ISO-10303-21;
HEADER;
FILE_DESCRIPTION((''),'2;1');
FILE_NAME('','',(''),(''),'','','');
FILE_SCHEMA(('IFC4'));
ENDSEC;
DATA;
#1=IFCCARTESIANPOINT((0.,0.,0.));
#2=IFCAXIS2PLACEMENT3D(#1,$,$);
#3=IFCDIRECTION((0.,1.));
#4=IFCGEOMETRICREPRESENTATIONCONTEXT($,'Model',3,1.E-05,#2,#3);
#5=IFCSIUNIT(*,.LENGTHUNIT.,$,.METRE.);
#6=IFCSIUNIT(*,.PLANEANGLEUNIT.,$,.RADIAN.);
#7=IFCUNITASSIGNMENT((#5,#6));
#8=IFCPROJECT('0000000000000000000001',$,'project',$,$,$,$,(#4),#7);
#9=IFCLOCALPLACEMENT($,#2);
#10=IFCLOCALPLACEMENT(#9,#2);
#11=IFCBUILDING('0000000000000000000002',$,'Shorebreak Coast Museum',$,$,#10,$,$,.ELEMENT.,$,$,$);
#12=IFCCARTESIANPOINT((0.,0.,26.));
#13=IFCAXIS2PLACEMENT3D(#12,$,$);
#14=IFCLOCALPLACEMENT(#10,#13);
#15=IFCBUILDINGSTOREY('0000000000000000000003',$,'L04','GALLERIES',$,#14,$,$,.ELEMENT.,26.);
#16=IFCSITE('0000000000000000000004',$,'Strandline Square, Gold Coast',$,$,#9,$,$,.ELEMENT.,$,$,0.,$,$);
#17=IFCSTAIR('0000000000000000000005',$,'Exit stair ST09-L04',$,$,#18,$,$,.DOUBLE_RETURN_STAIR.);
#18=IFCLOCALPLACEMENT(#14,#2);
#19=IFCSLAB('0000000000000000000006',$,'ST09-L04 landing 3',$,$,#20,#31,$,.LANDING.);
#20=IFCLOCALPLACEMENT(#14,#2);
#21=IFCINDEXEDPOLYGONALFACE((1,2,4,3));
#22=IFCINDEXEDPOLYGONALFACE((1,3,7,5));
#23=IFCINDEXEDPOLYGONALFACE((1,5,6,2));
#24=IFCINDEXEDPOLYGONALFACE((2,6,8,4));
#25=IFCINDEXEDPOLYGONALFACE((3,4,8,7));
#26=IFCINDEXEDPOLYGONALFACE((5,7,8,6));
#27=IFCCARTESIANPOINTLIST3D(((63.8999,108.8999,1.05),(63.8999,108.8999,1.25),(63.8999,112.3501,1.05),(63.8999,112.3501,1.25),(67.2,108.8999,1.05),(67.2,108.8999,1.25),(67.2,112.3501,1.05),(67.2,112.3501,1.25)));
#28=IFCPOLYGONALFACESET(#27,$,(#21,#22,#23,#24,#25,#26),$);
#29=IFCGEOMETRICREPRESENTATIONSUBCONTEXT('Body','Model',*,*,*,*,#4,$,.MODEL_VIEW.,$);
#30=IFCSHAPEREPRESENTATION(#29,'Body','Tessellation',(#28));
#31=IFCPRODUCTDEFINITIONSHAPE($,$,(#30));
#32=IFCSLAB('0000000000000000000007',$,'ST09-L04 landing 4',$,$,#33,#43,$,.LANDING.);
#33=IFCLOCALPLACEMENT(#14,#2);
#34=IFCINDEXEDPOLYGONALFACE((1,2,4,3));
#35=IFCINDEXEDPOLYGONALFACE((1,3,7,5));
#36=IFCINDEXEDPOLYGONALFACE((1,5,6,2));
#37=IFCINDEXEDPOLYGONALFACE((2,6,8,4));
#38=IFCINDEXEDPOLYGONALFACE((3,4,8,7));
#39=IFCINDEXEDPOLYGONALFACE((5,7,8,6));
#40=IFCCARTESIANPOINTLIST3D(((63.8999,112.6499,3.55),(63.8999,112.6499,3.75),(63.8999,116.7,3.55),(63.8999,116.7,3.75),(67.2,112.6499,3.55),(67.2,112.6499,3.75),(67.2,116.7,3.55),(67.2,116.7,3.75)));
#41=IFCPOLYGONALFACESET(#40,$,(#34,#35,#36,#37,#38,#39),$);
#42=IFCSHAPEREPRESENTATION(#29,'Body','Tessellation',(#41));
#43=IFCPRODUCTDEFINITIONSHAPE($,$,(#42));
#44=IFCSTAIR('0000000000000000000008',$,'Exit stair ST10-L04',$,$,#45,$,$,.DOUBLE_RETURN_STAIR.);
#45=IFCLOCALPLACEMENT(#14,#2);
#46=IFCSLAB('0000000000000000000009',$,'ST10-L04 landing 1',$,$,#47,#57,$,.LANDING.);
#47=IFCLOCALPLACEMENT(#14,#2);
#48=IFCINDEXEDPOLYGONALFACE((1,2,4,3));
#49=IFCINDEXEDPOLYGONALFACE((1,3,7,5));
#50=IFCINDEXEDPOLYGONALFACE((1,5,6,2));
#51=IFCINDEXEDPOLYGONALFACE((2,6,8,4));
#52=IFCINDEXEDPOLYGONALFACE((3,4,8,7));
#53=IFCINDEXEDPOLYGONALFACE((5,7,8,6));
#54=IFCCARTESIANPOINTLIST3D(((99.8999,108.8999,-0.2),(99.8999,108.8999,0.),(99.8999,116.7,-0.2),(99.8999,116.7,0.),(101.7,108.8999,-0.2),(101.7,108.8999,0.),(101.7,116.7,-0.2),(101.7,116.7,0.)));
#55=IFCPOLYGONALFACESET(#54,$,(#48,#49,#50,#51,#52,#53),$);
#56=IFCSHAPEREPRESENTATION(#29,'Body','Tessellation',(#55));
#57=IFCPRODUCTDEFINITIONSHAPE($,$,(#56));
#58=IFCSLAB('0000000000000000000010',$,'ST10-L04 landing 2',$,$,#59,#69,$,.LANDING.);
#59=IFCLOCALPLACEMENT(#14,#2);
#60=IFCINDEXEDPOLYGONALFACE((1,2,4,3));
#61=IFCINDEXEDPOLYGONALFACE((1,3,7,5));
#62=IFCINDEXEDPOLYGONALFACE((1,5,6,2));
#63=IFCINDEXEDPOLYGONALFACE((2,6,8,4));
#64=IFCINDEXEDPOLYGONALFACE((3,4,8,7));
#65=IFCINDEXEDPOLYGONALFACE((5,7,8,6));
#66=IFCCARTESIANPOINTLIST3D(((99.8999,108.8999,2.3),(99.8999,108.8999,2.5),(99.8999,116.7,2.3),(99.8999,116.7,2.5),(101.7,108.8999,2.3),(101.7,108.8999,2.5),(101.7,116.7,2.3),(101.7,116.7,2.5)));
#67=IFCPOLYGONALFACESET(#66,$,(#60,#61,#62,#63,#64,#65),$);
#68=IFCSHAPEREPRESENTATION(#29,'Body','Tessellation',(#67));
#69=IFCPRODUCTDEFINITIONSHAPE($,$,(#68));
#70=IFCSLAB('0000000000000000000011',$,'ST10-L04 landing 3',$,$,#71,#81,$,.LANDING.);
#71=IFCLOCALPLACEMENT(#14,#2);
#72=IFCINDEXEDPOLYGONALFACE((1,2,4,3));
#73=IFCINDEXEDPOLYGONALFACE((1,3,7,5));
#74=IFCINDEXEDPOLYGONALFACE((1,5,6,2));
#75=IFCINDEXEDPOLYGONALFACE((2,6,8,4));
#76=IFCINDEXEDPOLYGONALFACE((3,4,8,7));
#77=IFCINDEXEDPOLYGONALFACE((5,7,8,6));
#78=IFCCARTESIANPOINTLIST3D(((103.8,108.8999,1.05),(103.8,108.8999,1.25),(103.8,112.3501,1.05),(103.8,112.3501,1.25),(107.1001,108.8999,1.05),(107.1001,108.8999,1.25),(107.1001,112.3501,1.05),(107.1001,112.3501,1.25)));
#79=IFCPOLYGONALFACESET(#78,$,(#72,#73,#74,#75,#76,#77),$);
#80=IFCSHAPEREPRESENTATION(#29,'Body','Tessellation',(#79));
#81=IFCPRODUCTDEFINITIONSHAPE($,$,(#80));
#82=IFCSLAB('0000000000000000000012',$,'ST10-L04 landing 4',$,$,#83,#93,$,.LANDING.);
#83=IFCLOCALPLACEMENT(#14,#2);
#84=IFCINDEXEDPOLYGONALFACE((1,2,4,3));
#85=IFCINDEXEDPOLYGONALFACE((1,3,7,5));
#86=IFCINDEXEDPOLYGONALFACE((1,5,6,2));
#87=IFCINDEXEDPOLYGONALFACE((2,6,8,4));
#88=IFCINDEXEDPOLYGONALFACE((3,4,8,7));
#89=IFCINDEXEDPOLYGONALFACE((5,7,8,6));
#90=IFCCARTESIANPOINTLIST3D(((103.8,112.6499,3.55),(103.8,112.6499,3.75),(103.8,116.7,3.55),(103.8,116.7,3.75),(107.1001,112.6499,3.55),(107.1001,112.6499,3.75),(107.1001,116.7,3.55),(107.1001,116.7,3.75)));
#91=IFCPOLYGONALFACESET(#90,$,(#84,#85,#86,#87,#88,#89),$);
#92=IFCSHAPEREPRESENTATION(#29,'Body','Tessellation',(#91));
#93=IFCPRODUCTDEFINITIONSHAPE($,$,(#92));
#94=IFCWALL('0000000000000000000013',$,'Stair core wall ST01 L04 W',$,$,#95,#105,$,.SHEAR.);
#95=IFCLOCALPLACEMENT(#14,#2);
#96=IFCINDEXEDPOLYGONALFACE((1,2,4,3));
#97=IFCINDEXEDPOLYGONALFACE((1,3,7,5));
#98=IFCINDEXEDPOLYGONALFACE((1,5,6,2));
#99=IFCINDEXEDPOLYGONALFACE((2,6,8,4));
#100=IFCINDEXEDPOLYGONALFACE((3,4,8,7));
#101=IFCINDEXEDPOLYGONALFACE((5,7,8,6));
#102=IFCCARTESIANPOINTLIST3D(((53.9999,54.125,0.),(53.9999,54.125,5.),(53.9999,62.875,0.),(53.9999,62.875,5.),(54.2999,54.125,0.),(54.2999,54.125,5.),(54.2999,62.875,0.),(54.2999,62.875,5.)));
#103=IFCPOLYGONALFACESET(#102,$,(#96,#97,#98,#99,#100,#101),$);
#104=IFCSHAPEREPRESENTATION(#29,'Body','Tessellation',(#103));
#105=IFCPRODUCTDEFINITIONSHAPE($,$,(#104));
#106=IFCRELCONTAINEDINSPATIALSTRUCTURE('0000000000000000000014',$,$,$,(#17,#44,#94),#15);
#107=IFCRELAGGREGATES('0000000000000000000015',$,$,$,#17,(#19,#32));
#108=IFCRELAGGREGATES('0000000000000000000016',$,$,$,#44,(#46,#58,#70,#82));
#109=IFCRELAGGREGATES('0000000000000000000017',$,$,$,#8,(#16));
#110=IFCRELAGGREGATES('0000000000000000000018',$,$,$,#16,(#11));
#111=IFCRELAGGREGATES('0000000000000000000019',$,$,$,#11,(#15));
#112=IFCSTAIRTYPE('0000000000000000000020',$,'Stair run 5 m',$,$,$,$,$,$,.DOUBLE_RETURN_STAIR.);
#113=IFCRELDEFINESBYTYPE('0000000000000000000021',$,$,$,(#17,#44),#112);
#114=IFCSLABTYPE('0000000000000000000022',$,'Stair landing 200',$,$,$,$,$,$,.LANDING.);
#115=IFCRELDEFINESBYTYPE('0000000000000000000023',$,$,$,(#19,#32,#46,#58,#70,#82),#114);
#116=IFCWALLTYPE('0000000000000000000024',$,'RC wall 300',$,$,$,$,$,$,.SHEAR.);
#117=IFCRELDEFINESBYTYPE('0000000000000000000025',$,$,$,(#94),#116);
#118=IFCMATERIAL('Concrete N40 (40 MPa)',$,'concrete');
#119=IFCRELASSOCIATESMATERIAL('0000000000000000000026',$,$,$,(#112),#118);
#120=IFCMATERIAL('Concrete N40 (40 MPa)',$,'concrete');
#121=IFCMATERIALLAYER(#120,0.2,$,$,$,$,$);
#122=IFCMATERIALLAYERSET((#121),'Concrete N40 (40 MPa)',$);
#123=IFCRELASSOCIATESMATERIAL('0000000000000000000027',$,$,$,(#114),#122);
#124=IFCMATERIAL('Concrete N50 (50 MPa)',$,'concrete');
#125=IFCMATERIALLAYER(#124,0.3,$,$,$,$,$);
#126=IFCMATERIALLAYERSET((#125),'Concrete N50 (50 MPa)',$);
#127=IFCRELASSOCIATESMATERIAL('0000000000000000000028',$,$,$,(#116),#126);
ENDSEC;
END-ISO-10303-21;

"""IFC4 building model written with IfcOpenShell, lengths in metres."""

from ifc_helpers import new_model, si_unit, direction, frame, frame_2d, origin, place, context, subcontext, project, spatial, polyline, rectangle, outline, extrude, material, layer, layer_set, type_object, element, aggregate, save


model = new_model("IFC4")

# Units and contexts
model_context = context("Model", 3, precision=1e-05, world=origin(), true_north=direction((0.0, 1.0)))
body_context = subcontext(model_context, "Body", "Model", "MODEL_VIEW")
ifc_project = project(units=[si_unit("LENGTHUNIT", "METRE"), si_unit("PLANEANGLEUNIT", "RADIAN")], contexts=[model_context])

# Site, building, storey
site_placement = place(None, origin())
site = spatial("IfcSite", under=ifc_project, at=site_placement, Name="Strandline Square, Gold Coast", CompositionType="ELEMENT", RefElevation=0.0)
building_placement = place(site_placement, origin())
building = spatial("IfcBuilding", under=site, at=building_placement, Name="Shorebreak Coast Museum", CompositionType="ELEMENT")
storey_placement = place(building_placement, frame((0.0, 0.0, 26.0)))
storey = spatial("IfcBuildingStorey", under=building, at=storey_placement, Name="L04", Description="GALLERIES", CompositionType="ELEMENT", Elevation=26.0)

# Stairs, slabs
ifc_material_1 = material(Name="Concrete N40 (40 MPa)", Category="concrete")
stair_type = type_object("IfcStairType", Name="Stair run 5 m", PredefinedType="DOUBLE_RETURN_STAIR", material=ifc_material_1)
ifc_material_2 = material(Name="Concrete N40 (40 MPa)", Category="concrete")
ifc_layer_1 = layer(ifc_material_2, 0.2)
ifc_layer_set_1 = layer_set([ifc_layer_1], Name="Concrete N40 (40 MPa)")
slab_type_1 = type_object("IfcSlabType", Name="Stair landing 200", PredefinedType="LANDING", material=ifc_layer_set_1)
stair_1_placement = place(storey_placement, origin())
stair_1 = element("IfcStair", 1, at=stair_1_placement, inside=storey, type_object=stair_type, Name="Exit stair ST09-L04", PredefinedType="DOUBLE_RETURN_STAIR")
slab_1_placement = place(storey_placement, frame((0.0, 0.0, 1.05)))
slab_1 = element("IfcSlab", 2, at=slab_1_placement, type_object=slab_type_1, Name="ST09-L04 landing 3", PredefinedType="LANDING", context=body_context, shape_type="SweptSolid", body=[
    extrude(outline(polyline([(63.8999, 108.8999), (67.2, 108.8999), (67.2, 112.3501), (63.8999, 112.3501), (63.8999, 108.8999)])), origin(), (0.0, 0.0, 1.0), 0.2),
])
slab_2_placement = place(storey_placement, frame((0.0, 0.0, 3.55)))
slab_2 = element("IfcSlab", 3, at=slab_2_placement, type_object=slab_type_1, Name="ST09-L04 landing 4", PredefinedType="LANDING", context=body_context, shape_type="SweptSolid", body=[
    extrude(outline(polyline([(63.8999, 112.6499), (67.2, 112.6499), (67.2, 116.7), (63.8999, 116.7), (63.8999, 112.6499)])), origin(), (0.0, 0.0, 1.0), 0.2),
])
aggregate(stair_1, [slab_1, slab_2])
stair_2_placement = place(storey_placement, origin())
stair_2 = element("IfcStair", 4, at=stair_2_placement, inside=storey, type_object=stair_type, Name="Exit stair ST10-L04", PredefinedType="DOUBLE_RETURN_STAIR")
slab_3_placement = place(storey_placement, frame((0.0, 0.0, -0.2)))
slab_3 = element("IfcSlab", 5, at=slab_3_placement, type_object=slab_type_1, Name="ST10-L04 landing 1", PredefinedType="LANDING", context=body_context, shape_type="SweptSolid", body=[
    extrude(outline(polyline([(99.8999, 108.8999), (101.7, 108.8999), (101.7, 116.7), (99.8999, 116.7), (99.8999, 108.8999)])), origin(), (0.0, 0.0, 1.0), 0.2),
])
slab_4_placement = place(storey_placement, frame((0.0, 0.0, 2.3)))
slab_4 = element("IfcSlab", 6, at=slab_4_placement, type_object=slab_type_1, Name="ST10-L04 landing 2", PredefinedType="LANDING", context=body_context, shape_type="SweptSolid", body=[
    extrude(outline(polyline([(99.8999, 108.8999), (101.7, 108.8999), (101.7, 116.7), (99.8999, 116.7), (99.8999, 108.8999)])), origin(), (0.0, 0.0, 1.0), 0.2),
])
slab_5_placement = place(storey_placement, frame((0.0, 0.0, 1.05)))
slab_5 = element("IfcSlab", 7, at=slab_5_placement, type_object=slab_type_1, Name="ST10-L04 landing 3", PredefinedType="LANDING", context=body_context, shape_type="SweptSolid", body=[
    extrude(outline(polyline([(103.8, 108.8999), (107.1001, 108.8999), (107.1001, 112.3501), (103.8, 112.3501), (103.8, 108.8999)])), origin(), (0.0, 0.0, 1.0), 0.2),
])
slab_6_placement = place(storey_placement, frame((0.0, 0.0, 3.55)))
slab_6 = element("IfcSlab", 8, at=slab_6_placement, type_object=slab_type_1, Name="ST10-L04 landing 4", PredefinedType="LANDING", context=body_context, shape_type="SweptSolid", body=[
    extrude(outline(polyline([(103.8, 112.6499), (107.1001, 112.6499), (107.1001, 116.7), (103.8, 116.7), (103.8, 112.6499)])), origin(), (0.0, 0.0, 1.0), 0.2),
])
aggregate(stair_2, [slab_3, slab_4, slab_5, slab_6])

# Wall
ifc_material_3 = material(Name="Concrete N50 (50 MPa)", Category="concrete")
ifc_layer_2 = layer(ifc_material_3, 0.3)
ifc_layer_set_2 = layer_set([ifc_layer_2], Name="Concrete N50 (50 MPa)")
wall_type = type_object("IfcWallType", Name="RC wall 300", PredefinedType="SHEAR", material=ifc_layer_set_2)
wall_placement = place(storey_placement, frame((54.1499, 54.125, 0.0), z_axis=(0.0, 0.0, 1.0), x_axis=(0.0, 1.0, 0.0)))
element("IfcWall", 9, at=wall_placement, inside=storey, type_object=wall_type, Name="Stair core wall ST01 L04 W", PredefinedType="SHEAR", context=body_context, shape_type="SweptSolid", body=[
    extrude(rectangle(XDim=8.75, YDim=0.3, at=frame_2d((4.375, 0.0))), origin(), (0.0, 0.0, 1.0), 5.0),
])

save(model, "model.ifc")
